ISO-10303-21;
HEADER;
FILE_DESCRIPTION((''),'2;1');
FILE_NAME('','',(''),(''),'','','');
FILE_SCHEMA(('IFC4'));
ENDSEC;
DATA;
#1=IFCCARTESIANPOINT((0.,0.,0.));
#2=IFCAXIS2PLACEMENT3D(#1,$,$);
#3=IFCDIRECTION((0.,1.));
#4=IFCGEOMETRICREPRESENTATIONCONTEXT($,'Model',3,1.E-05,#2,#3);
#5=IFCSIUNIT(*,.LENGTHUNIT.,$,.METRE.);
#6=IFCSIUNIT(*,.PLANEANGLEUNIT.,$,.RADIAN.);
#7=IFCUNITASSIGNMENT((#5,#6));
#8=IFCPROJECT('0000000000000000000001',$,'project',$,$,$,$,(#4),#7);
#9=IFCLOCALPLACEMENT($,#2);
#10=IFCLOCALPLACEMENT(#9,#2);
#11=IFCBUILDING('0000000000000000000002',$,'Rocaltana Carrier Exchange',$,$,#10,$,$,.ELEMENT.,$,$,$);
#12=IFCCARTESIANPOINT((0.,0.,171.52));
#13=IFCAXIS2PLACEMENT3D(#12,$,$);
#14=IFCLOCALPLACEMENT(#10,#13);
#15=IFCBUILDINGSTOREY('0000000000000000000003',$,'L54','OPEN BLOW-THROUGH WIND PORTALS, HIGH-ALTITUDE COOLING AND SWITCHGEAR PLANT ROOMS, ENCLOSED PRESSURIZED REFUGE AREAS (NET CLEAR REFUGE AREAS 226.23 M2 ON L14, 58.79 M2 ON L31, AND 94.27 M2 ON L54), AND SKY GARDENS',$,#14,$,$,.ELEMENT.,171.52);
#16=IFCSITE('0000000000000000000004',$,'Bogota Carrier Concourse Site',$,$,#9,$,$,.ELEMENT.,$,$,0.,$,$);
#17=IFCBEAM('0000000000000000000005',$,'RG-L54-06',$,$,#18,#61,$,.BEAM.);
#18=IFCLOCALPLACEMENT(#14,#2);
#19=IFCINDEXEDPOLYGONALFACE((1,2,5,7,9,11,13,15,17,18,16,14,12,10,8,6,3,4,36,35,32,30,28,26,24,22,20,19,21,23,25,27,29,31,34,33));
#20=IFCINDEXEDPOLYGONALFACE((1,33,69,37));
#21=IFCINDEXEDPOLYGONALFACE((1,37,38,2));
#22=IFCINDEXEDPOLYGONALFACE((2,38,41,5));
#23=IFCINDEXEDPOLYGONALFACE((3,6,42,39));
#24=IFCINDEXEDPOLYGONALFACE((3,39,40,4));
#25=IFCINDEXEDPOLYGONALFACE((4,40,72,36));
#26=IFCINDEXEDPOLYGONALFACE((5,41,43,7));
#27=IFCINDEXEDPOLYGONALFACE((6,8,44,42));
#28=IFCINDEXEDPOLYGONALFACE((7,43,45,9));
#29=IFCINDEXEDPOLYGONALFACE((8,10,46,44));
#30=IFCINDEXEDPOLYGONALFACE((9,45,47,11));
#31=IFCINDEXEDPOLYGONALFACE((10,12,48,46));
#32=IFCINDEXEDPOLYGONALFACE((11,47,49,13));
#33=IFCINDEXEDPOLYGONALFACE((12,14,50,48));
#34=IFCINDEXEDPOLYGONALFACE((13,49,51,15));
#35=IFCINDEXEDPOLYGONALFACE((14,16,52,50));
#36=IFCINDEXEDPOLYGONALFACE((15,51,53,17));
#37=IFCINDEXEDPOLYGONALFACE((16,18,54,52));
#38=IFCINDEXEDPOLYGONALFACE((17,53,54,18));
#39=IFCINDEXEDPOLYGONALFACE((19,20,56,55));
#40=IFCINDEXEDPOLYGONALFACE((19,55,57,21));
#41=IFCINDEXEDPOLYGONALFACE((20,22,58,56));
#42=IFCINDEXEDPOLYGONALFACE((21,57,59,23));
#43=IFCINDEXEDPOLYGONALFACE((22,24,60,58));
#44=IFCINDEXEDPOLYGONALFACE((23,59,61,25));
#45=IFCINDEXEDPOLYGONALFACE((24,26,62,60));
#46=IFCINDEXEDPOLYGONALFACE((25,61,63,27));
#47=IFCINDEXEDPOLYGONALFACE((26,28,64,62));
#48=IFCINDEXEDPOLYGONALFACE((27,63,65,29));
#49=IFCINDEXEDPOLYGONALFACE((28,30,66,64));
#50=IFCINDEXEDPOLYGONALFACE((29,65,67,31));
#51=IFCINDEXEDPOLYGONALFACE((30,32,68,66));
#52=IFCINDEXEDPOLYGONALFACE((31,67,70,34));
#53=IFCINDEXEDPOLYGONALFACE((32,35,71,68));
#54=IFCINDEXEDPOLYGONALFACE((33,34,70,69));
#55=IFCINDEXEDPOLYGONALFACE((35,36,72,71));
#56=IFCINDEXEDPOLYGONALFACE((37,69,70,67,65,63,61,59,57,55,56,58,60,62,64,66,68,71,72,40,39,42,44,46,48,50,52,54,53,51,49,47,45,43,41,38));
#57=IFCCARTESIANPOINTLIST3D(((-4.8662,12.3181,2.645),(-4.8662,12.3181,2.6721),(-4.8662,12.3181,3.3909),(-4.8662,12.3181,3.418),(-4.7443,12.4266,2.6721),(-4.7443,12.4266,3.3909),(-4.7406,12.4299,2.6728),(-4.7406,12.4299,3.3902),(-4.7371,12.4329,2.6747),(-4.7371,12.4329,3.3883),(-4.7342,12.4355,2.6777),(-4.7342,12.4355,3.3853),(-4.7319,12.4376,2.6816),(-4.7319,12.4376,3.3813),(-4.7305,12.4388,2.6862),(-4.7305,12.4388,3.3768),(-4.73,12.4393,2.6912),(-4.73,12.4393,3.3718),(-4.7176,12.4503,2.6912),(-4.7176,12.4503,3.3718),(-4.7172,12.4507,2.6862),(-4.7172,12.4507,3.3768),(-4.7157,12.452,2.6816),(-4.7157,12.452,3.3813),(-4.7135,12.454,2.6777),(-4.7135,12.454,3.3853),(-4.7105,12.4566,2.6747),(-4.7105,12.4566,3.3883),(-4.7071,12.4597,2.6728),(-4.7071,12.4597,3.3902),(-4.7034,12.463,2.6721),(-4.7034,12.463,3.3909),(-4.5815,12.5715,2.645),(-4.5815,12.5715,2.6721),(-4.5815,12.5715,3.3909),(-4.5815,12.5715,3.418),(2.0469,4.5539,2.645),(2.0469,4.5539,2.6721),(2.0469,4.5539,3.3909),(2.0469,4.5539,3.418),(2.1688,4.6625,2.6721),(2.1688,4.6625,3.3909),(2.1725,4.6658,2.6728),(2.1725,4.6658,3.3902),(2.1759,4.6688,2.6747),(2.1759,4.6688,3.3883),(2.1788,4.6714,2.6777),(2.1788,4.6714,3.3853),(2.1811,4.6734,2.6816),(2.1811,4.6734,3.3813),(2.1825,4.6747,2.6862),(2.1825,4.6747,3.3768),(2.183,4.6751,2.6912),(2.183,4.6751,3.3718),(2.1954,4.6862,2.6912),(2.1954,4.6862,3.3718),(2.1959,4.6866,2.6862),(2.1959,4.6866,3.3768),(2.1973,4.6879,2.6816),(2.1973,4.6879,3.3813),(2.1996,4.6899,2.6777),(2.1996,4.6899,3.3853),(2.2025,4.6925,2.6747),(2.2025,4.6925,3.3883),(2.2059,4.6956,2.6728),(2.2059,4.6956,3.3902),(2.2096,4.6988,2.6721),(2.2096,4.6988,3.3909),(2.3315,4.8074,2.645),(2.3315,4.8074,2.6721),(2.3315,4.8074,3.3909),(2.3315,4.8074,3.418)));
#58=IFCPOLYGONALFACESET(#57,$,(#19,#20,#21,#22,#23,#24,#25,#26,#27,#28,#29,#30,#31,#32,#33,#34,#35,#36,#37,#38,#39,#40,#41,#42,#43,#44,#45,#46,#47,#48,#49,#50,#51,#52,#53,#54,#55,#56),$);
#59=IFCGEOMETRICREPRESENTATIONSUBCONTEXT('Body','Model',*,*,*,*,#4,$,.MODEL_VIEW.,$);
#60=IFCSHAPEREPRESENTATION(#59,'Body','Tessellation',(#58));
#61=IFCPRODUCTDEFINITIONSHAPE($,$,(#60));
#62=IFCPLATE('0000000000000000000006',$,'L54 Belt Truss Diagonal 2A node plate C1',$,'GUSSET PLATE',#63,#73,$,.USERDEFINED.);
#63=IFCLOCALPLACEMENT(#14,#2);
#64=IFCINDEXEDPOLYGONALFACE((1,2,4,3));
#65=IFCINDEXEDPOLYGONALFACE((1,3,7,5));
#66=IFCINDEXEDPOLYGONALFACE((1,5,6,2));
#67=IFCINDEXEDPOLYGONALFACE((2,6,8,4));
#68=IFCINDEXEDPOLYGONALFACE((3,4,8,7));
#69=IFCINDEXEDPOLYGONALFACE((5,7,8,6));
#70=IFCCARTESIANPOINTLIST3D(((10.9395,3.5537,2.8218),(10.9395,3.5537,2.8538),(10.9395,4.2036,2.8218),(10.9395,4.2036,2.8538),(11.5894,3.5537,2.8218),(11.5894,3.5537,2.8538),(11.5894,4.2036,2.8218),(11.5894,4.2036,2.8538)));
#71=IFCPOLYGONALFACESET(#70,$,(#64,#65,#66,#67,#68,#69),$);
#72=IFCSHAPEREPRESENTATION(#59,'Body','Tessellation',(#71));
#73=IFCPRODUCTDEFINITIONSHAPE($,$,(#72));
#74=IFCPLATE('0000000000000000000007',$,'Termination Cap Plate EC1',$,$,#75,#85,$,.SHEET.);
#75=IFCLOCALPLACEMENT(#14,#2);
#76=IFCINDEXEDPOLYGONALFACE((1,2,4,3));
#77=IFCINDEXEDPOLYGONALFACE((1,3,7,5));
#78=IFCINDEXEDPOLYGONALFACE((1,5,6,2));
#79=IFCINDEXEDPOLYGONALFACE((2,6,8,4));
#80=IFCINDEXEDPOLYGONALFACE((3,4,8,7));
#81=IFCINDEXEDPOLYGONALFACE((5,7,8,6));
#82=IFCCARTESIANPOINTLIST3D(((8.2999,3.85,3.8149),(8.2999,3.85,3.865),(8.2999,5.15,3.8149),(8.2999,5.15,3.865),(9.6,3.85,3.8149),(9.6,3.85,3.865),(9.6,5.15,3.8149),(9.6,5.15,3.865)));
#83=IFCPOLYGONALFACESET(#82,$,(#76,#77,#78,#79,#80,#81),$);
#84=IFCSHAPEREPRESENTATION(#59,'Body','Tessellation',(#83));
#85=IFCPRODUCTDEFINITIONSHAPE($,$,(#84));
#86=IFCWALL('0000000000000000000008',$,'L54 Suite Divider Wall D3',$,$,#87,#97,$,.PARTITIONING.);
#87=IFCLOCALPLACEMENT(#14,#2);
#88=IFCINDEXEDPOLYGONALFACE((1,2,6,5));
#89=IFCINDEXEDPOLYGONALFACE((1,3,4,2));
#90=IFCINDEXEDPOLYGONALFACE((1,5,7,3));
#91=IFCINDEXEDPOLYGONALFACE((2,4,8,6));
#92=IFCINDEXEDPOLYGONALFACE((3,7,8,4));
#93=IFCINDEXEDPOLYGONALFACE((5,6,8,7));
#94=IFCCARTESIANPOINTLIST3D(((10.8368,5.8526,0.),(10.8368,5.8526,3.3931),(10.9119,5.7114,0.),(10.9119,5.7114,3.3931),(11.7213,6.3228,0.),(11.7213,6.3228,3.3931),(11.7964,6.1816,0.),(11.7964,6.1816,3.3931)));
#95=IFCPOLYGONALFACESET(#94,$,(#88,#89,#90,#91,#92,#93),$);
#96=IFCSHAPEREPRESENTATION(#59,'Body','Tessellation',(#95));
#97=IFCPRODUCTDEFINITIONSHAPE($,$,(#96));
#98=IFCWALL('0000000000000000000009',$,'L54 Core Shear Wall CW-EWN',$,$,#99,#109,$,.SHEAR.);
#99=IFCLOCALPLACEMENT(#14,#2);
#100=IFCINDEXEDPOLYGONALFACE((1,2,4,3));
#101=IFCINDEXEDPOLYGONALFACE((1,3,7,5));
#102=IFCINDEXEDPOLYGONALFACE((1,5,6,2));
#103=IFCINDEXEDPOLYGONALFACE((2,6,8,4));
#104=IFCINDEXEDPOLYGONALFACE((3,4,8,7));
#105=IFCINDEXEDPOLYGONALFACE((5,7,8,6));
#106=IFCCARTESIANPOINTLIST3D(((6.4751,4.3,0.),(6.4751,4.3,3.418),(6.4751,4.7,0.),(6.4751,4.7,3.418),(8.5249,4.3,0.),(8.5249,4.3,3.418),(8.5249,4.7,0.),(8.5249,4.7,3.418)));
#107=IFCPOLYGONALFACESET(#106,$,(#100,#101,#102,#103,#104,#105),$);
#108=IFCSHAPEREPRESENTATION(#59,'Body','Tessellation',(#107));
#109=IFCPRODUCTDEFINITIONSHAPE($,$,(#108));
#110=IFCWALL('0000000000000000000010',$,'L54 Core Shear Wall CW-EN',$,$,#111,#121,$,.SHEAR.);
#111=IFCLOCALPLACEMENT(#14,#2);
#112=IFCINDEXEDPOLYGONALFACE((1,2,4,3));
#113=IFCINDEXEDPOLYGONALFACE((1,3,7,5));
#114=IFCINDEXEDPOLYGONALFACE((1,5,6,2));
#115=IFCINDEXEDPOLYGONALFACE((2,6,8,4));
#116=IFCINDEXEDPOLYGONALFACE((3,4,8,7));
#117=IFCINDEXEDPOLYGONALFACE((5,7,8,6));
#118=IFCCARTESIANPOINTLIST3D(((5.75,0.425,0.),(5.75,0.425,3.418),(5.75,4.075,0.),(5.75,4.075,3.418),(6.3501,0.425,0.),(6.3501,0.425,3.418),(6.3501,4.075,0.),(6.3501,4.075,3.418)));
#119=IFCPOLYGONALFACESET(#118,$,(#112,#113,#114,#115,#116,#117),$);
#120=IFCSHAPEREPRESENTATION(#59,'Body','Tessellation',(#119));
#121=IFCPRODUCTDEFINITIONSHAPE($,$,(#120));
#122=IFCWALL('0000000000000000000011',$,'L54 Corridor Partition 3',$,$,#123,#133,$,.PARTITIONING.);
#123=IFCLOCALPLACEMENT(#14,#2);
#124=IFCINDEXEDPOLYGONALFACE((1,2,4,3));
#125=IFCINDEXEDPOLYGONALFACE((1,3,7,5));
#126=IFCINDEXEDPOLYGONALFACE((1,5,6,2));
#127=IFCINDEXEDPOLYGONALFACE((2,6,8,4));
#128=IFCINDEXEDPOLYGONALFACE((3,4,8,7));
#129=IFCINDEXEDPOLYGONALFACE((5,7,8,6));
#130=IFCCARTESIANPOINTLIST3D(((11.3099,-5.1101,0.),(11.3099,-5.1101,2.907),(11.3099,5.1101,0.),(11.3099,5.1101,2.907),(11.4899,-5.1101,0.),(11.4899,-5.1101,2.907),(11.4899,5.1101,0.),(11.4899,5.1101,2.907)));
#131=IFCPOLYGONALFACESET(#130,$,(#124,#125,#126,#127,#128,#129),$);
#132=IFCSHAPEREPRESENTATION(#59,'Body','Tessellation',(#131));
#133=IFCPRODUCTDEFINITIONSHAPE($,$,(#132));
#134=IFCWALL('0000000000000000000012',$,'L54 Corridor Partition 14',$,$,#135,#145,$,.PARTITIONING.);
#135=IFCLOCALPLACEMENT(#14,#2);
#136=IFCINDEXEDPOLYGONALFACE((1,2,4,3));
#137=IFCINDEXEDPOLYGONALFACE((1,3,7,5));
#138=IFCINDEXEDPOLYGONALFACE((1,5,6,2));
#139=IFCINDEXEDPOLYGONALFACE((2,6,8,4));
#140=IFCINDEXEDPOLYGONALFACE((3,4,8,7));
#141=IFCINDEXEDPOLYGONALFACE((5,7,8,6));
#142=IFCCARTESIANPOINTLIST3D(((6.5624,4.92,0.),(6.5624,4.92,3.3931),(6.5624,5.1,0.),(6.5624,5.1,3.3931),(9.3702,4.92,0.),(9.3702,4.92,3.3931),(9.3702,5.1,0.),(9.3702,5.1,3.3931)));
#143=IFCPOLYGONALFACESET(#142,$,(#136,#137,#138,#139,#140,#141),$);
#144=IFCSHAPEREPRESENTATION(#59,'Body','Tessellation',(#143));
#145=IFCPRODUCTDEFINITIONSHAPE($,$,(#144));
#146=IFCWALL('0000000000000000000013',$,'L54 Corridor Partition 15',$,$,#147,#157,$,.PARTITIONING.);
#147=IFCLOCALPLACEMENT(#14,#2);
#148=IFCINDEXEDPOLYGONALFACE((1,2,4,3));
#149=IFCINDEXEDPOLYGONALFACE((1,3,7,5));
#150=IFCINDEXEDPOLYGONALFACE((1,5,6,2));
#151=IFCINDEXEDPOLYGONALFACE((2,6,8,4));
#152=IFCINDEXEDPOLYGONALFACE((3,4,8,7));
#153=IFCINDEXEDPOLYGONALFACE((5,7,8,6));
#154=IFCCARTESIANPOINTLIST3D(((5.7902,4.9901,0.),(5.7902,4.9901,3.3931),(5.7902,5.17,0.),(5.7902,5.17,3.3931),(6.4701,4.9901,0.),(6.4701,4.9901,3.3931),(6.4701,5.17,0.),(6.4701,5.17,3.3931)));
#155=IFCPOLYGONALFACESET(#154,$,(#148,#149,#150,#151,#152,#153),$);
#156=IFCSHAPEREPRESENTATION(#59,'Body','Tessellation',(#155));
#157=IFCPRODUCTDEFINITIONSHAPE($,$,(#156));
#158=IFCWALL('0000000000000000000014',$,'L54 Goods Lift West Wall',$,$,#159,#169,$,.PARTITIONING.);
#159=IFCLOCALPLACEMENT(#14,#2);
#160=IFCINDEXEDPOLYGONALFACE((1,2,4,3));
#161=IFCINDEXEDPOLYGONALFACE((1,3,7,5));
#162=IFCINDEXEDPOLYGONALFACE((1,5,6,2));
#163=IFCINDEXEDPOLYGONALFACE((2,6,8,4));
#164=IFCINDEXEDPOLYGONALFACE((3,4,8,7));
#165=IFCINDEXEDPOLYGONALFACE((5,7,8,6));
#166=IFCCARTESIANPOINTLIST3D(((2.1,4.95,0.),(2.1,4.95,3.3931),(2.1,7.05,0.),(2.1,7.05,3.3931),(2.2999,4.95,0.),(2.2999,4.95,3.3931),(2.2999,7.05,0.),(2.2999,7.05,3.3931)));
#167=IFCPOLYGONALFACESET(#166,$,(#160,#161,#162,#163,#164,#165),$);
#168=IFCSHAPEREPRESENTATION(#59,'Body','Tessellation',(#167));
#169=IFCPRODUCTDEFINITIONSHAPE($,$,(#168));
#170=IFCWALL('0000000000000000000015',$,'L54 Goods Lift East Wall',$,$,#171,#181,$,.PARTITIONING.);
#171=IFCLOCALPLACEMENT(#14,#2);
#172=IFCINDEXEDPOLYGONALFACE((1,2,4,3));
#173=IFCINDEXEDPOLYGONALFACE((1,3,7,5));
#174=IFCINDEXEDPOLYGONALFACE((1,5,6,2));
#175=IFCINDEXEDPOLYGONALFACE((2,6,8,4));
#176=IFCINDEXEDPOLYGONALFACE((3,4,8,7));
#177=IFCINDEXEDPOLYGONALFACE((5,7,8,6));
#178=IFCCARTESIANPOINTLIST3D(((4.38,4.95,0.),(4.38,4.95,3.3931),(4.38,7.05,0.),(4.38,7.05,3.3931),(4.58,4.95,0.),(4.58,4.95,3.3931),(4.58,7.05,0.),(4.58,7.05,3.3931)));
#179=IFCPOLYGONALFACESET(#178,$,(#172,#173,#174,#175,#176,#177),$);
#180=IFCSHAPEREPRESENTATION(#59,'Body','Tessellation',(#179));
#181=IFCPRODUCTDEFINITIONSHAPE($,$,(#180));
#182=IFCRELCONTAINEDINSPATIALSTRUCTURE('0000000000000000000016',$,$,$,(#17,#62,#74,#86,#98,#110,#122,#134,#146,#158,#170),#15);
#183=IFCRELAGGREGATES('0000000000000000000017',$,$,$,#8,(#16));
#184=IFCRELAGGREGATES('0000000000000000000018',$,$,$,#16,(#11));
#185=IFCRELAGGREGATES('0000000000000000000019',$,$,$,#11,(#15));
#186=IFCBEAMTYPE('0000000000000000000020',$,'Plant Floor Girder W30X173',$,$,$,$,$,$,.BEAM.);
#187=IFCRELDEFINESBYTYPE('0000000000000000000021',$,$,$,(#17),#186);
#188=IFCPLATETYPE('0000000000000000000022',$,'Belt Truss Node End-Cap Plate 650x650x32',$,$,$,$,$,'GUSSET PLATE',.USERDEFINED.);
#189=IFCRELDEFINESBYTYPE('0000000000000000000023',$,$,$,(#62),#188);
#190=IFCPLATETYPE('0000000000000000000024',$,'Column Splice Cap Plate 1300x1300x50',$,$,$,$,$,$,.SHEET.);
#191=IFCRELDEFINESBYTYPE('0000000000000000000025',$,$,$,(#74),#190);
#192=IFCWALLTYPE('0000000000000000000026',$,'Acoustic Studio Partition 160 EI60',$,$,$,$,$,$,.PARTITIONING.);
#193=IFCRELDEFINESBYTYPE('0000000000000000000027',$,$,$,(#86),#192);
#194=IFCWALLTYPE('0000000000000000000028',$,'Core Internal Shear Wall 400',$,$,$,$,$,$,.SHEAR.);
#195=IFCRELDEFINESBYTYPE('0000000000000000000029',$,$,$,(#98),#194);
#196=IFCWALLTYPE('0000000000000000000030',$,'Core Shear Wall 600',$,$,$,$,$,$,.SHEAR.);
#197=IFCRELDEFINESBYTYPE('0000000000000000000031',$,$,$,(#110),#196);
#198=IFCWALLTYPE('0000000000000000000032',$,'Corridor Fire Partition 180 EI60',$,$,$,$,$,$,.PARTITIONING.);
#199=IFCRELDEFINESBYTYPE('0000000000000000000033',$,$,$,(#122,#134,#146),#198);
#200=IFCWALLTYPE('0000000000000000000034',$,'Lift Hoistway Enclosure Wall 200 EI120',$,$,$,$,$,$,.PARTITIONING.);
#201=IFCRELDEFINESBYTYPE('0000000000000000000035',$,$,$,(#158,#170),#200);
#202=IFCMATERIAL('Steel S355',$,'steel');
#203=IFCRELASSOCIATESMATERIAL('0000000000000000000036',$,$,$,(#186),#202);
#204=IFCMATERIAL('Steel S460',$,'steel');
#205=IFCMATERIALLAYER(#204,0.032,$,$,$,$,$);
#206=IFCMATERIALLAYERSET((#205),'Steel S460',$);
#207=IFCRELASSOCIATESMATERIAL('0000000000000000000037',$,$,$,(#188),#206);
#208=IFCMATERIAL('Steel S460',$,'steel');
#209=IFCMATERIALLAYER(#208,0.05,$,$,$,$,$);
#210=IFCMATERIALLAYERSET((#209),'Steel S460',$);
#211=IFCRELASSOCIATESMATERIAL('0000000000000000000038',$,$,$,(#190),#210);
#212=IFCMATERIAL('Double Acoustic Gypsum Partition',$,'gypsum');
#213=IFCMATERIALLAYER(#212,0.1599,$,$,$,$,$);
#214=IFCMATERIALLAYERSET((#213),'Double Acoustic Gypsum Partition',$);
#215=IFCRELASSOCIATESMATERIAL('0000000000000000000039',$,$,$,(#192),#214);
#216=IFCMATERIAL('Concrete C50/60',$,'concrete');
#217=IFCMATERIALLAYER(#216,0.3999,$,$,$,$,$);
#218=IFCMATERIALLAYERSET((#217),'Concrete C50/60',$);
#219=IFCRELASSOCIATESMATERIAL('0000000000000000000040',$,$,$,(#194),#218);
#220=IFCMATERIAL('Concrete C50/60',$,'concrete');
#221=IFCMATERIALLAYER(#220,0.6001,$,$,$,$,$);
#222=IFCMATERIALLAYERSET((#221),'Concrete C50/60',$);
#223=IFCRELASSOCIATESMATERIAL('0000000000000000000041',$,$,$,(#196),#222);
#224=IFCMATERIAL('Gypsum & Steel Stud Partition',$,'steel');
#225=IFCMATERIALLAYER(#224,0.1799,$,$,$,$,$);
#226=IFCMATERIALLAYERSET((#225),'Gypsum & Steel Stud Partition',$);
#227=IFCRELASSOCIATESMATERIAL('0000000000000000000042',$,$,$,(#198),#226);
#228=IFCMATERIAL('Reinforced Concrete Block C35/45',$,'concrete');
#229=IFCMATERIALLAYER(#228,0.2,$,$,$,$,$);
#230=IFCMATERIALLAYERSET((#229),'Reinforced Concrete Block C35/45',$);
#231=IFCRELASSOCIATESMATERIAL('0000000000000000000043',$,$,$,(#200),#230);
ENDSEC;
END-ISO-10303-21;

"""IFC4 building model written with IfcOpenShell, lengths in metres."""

from ifc_helpers import new_model, si_unit, direction, frame, frame_2d, origin, origin_2d, place, context, subcontext, project, spatial, rectangle, i_section, extrude, material, layer, layer_set, material_profile, profile_set, type_object, element, save


model = new_model("IFC4")

# Units and contexts
model_context = context("Model", 3, precision=1e-05, world=origin(), true_north=direction((0.0, 1.0)))
body_context = subcontext(model_context, "Body", "Model", "MODEL_VIEW")
ifc_project = project(units=[si_unit("LENGTHUNIT", "METRE"), si_unit("PLANEANGLEUNIT", "RADIAN")], contexts=[model_context])

# Site, building, storey
site_placement = place(None, origin())
site = spatial("IfcSite", under=ifc_project, at=site_placement, Name="Bogota Carrier Concourse Site", CompositionType="ELEMENT", RefElevation=0.0)
building_placement = place(site_placement, origin())
building = spatial("IfcBuilding", under=site, at=building_placement, Name="Rocaltana Carrier Exchange", CompositionType="ELEMENT")
storey_placement = place(building_placement, frame((0.0, 0.0, 171.52)))
storey = spatial("IfcBuildingStorey", under=building, at=storey_placement, Name="L54", Description="OPEN BLOW-THROUGH WIND PORTALS, HIGH-ALTITUDE COOLING AND SWITCHGEAR PLANT ROOMS, ENCLOSED PRESSURIZED REFUGE AREAS (NET CLEAR REFUGE AREAS 226.23 M2 ON L14, 58.79 M2 ON L31, AND 94.27 M2 ON L54), AND SKY GARDENS", CompositionType="ELEMENT", Elevation=171.52)

# Beam
ifc_material_1 = material(Name="Steel S355", Category="steel")
ifc_material_profile_1 = material_profile(ifc_material_1, i_section(OverallWidth=0.3811, OverallDepth=0.7729, WebThickness=0.0166, FlangeThickness=0.0271, FilletRadius=0.019, at=origin_2d()), Name="W30X173")
ifc_profile_set_1 = profile_set([ifc_material_profile_1], Name="Steel S355")
beam_type_1 = type_object("IfcBeamType", Name="Plant Floor Girder W30X173", PredefinedType="BEAM", material=ifc_profile_set_1)
beam_1_placement = place(storey_placement, frame((2.1892, 4.6807, 3.0315), z_axis=(-0.664987, 0.746854, 0.0), x_axis=(-0.746854, -0.664987, 0.0)))
element("IfcBeam", 1, at=beam_1_placement, inside=storey, type_object=beam_type_1, Name="RG-L54-06", PredefinedType="BEAM", context=body_context, shape_type="SweptSolid", body=[
    extrude(i_section(OverallWidth=0.3811, OverallDepth=0.7729, WebThickness=0.0166, FlangeThickness=0.0271, FilletRadius=0.019, at=origin_2d()), origin(), (0.0, 0.0, 1.0), 10.3958),
])

# Plates
ifc_material_2 = material(Name="Steel S460", Category="steel")
ifc_layer_1 = layer(ifc_material_2, 0.032)
ifc_layer_set_1 = layer_set([ifc_layer_1], Name="Steel S460")
plate_type_1 = type_object("IfcPlateType", Name="Belt Truss Node End-Cap Plate 650x650x32", ElementType="GUSSET PLATE", PredefinedType="USERDEFINED", material=ifc_layer_set_1)
plate_1_placement = place(storey_placement, frame((11.2644, 3.8787, 2.8218), z_axis=(0.0, 0.0, 1.0), x_axis=(1.0, 0.0, 0.0)))
element("IfcPlate", 2, at=plate_1_placement, inside=storey, type_object=plate_type_1, Name="L54 Belt Truss Diagonal 2A node plate C1", ObjectType="GUSSET PLATE", PredefinedType="USERDEFINED", context=body_context, shape_type="SweptSolid", body=[
    extrude(rectangle(XDim=0.6499, YDim=0.6499, at=origin_2d()), origin(), (0.0, 0.0, 1.0), 0.032),
])
ifc_material_3 = material(Name="Steel S460", Category="steel")
ifc_layer_2 = layer(ifc_material_3, 0.05)
ifc_layer_set_2 = layer_set([ifc_layer_2], Name="Steel S460")
plate_type_2 = type_object("IfcPlateType", Name="Column Splice Cap Plate 1300x1300x50", PredefinedType="SHEET", material=ifc_layer_set_2)
plate_2_placement = place(storey_placement, frame((8.95, 4.5, 3.8149), z_axis=(0.0, 0.0, 1.0), x_axis=(1.0, 0.0, 0.0)))
element("IfcPlate", 3, at=plate_2_placement, inside=storey, type_object=plate_type_2, Name="Termination Cap Plate EC1", PredefinedType="SHEET", context=body_context, shape_type="SweptSolid", body=[
    extrude(rectangle(XDim=1.3, YDim=1.3, at=origin_2d()), origin(), (0.0, 0.0, 1.0), 0.05),
])

# Walls
ifc_material_4 = material(Name="Double Acoustic Gypsum Partition", Category="gypsum")
ifc_layer_3 = layer(ifc_material_4, 0.1599)
ifc_layer_set_3 = layer_set([ifc_layer_3], Name="Double Acoustic Gypsum Partition")
wall_type_1 = type_object("IfcWallType", Name="Acoustic Studio Partition 160 EI60", PredefinedType="PARTITIONING", material=ifc_layer_set_3)
wall_1_placement = place(storey_placement, frame((10.8743, 5.782, 0.0), z_axis=(0.0, 0.0, 1.0), x_axis=(0.882986, 0.469399, 0.0)))
element("IfcWall", 4, at=wall_1_placement, inside=storey, type_object=wall_type_1, Name="L54 Suite Divider Wall D3", PredefinedType="PARTITIONING", context=body_context, shape_type="SweptSolid", body=[
    extrude(rectangle(XDim=1.0017, YDim=0.1599, at=frame_2d((0.501, 0.0))), origin(), (0.0, 0.0, 1.0), 3.3931),
])
ifc_material_5 = material(Name="Concrete C50/60", Category="concrete")
ifc_layer_4 = layer(ifc_material_5, 0.3999)
ifc_layer_set_4 = layer_set([ifc_layer_4], Name="Concrete C50/60")
wall_type_2 = type_object("IfcWallType", Name="Core Internal Shear Wall 400", PredefinedType="SHEAR", material=ifc_layer_set_4)
wall_2_placement = place(storey_placement, frame((6.4751, 4.5, 0.0), z_axis=(0.0, 0.0, 1.0), x_axis=(1.0, 0.0, 0.0)))
element("IfcWall", 5, at=wall_2_placement, inside=storey, type_object=wall_type_2, Name="L54 Core Shear Wall CW-EWN", PredefinedType="SHEAR", context=body_context, shape_type="SweptSolid", body=[
    extrude(rectangle(XDim=2.0498, YDim=0.3999, at=frame_2d((1.0249, 0.0))), origin(), (0.0, 0.0, 1.0), 3.418),
])
ifc_material_6 = material(Name="Concrete C50/60", Category="concrete")
ifc_layer_5 = layer(ifc_material_6, 0.6001)
ifc_layer_set_5 = layer_set([ifc_layer_5], Name="Concrete C50/60")
wall_type_3 = type_object("IfcWallType", Name="Core Shear Wall 600", PredefinedType="SHEAR", material=ifc_layer_set_5)
wall_3_placement = place(storey_placement, frame((6.05, 0.425, 0.0), z_axis=(0.0, 0.0, 1.0), x_axis=(0.0, 1.0, 0.0)))
element("IfcWall", 6, at=wall_3_placement, inside=storey, type_object=wall_type_3, Name="L54 Core Shear Wall CW-EN", PredefinedType="SHEAR", context=body_context, shape_type="SweptSolid", body=[
    extrude(rectangle(XDim=3.6499, YDim=0.6001, at=frame_2d((1.825, 0.0))), origin(), (0.0, 0.0, 1.0), 3.418),
])
ifc_material_7 = material(Name="Gypsum & Steel Stud Partition", Category="steel")
ifc_layer_6 = layer(ifc_material_7, 0.1799)
ifc_layer_set_6 = layer_set([ifc_layer_6], Name="Gypsum & Steel Stud Partition")
wall_type_4 = type_object("IfcWallType", Name="Corridor Fire Partition 180 EI60", PredefinedType="PARTITIONING", material=ifc_layer_set_6)
wall_4_placement = place(storey_placement, frame((11.3999, 5.1101, 0.0), z_axis=(0.0, 0.0, 1.0), x_axis=(0.0, -1.0, 0.0)))
element("IfcWall", 7, at=wall_4_placement, inside=storey, type_object=wall_type_4, Name="L54 Corridor Partition 3", PredefinedType="PARTITIONING", context=body_context, shape_type="SweptSolid", body=[
    extrude(rectangle(XDim=10.2202, YDim=0.1799, at=frame_2d((5.1101, 0.0))), origin(), (0.0, 0.0, 1.0), 2.907),
])
wall_5_placement = place(storey_placement, frame((9.3701, 5.01, 0.0), z_axis=(0.0, 0.0, 1.0), x_axis=(-1.0, 0.0, 0.0)))
element("IfcWall", 8, at=wall_5_placement, inside=storey, type_object=wall_type_4, Name="L54 Corridor Partition 14", PredefinedType="PARTITIONING", context=body_context, shape_type="SweptSolid", body=[
    extrude(rectangle(XDim=2.8079, YDim=0.1799, at=frame_2d((1.4038, 0.0))), origin(), (0.0, 0.0, 1.0), 3.3931),
])
wall_6_placement = place(storey_placement, frame((6.47, 5.0801, 0.0), z_axis=(0.0, 0.0, 1.0), x_axis=(-1.0, 0.0, 0.0)))
element("IfcWall", 9, at=wall_6_placement, inside=storey, type_object=wall_type_4, Name="L54 Corridor Partition 15", PredefinedType="PARTITIONING", context=body_context, shape_type="SweptSolid", body=[
    extrude(rectangle(XDim=0.6799, YDim=0.1799, at=frame_2d((0.3398, 0.0))), origin(), (0.0, 0.0, 1.0), 3.3931),
])
ifc_material_8 = material(Name="Reinforced Concrete Block C35/45", Category="concrete")
ifc_layer_7 = layer(ifc_material_8, 0.2)
ifc_layer_set_7 = layer_set([ifc_layer_7], Name="Reinforced Concrete Block C35/45")
wall_type_5 = type_object("IfcWallType", Name="Lift Hoistway Enclosure Wall 200 EI120", PredefinedType="PARTITIONING", material=ifc_layer_set_7)
for number, where, z_axis, x_axis, name in (
    (10, (2.2, 4.95, 0.0), (0.0, 0.0, 1.0), (0.0, 1.0, 0.0), "L54 Goods Lift West Wall"),
    (11, (4.48, 4.95, 0.0), (0.0, 0.0, 1.0), (0.0, 1.0, 0.0), "L54 Goods Lift East Wall"),
):
    element("IfcWall", number, at=place(storey_placement, frame(where, z_axis=z_axis, x_axis=x_axis)), inside=storey, type_object=wall_type_5, Name=name, PredefinedType="PARTITIONING", context=body_context, shape_type="SweptSolid", body=[
        extrude(rectangle(XDim=2.1001, YDim=0.2, at=frame_2d((1.05, 0.0))), origin(), (0.0, 0.0, 1.0), 3.3931),
    ])

save(model, "model.ifc")
